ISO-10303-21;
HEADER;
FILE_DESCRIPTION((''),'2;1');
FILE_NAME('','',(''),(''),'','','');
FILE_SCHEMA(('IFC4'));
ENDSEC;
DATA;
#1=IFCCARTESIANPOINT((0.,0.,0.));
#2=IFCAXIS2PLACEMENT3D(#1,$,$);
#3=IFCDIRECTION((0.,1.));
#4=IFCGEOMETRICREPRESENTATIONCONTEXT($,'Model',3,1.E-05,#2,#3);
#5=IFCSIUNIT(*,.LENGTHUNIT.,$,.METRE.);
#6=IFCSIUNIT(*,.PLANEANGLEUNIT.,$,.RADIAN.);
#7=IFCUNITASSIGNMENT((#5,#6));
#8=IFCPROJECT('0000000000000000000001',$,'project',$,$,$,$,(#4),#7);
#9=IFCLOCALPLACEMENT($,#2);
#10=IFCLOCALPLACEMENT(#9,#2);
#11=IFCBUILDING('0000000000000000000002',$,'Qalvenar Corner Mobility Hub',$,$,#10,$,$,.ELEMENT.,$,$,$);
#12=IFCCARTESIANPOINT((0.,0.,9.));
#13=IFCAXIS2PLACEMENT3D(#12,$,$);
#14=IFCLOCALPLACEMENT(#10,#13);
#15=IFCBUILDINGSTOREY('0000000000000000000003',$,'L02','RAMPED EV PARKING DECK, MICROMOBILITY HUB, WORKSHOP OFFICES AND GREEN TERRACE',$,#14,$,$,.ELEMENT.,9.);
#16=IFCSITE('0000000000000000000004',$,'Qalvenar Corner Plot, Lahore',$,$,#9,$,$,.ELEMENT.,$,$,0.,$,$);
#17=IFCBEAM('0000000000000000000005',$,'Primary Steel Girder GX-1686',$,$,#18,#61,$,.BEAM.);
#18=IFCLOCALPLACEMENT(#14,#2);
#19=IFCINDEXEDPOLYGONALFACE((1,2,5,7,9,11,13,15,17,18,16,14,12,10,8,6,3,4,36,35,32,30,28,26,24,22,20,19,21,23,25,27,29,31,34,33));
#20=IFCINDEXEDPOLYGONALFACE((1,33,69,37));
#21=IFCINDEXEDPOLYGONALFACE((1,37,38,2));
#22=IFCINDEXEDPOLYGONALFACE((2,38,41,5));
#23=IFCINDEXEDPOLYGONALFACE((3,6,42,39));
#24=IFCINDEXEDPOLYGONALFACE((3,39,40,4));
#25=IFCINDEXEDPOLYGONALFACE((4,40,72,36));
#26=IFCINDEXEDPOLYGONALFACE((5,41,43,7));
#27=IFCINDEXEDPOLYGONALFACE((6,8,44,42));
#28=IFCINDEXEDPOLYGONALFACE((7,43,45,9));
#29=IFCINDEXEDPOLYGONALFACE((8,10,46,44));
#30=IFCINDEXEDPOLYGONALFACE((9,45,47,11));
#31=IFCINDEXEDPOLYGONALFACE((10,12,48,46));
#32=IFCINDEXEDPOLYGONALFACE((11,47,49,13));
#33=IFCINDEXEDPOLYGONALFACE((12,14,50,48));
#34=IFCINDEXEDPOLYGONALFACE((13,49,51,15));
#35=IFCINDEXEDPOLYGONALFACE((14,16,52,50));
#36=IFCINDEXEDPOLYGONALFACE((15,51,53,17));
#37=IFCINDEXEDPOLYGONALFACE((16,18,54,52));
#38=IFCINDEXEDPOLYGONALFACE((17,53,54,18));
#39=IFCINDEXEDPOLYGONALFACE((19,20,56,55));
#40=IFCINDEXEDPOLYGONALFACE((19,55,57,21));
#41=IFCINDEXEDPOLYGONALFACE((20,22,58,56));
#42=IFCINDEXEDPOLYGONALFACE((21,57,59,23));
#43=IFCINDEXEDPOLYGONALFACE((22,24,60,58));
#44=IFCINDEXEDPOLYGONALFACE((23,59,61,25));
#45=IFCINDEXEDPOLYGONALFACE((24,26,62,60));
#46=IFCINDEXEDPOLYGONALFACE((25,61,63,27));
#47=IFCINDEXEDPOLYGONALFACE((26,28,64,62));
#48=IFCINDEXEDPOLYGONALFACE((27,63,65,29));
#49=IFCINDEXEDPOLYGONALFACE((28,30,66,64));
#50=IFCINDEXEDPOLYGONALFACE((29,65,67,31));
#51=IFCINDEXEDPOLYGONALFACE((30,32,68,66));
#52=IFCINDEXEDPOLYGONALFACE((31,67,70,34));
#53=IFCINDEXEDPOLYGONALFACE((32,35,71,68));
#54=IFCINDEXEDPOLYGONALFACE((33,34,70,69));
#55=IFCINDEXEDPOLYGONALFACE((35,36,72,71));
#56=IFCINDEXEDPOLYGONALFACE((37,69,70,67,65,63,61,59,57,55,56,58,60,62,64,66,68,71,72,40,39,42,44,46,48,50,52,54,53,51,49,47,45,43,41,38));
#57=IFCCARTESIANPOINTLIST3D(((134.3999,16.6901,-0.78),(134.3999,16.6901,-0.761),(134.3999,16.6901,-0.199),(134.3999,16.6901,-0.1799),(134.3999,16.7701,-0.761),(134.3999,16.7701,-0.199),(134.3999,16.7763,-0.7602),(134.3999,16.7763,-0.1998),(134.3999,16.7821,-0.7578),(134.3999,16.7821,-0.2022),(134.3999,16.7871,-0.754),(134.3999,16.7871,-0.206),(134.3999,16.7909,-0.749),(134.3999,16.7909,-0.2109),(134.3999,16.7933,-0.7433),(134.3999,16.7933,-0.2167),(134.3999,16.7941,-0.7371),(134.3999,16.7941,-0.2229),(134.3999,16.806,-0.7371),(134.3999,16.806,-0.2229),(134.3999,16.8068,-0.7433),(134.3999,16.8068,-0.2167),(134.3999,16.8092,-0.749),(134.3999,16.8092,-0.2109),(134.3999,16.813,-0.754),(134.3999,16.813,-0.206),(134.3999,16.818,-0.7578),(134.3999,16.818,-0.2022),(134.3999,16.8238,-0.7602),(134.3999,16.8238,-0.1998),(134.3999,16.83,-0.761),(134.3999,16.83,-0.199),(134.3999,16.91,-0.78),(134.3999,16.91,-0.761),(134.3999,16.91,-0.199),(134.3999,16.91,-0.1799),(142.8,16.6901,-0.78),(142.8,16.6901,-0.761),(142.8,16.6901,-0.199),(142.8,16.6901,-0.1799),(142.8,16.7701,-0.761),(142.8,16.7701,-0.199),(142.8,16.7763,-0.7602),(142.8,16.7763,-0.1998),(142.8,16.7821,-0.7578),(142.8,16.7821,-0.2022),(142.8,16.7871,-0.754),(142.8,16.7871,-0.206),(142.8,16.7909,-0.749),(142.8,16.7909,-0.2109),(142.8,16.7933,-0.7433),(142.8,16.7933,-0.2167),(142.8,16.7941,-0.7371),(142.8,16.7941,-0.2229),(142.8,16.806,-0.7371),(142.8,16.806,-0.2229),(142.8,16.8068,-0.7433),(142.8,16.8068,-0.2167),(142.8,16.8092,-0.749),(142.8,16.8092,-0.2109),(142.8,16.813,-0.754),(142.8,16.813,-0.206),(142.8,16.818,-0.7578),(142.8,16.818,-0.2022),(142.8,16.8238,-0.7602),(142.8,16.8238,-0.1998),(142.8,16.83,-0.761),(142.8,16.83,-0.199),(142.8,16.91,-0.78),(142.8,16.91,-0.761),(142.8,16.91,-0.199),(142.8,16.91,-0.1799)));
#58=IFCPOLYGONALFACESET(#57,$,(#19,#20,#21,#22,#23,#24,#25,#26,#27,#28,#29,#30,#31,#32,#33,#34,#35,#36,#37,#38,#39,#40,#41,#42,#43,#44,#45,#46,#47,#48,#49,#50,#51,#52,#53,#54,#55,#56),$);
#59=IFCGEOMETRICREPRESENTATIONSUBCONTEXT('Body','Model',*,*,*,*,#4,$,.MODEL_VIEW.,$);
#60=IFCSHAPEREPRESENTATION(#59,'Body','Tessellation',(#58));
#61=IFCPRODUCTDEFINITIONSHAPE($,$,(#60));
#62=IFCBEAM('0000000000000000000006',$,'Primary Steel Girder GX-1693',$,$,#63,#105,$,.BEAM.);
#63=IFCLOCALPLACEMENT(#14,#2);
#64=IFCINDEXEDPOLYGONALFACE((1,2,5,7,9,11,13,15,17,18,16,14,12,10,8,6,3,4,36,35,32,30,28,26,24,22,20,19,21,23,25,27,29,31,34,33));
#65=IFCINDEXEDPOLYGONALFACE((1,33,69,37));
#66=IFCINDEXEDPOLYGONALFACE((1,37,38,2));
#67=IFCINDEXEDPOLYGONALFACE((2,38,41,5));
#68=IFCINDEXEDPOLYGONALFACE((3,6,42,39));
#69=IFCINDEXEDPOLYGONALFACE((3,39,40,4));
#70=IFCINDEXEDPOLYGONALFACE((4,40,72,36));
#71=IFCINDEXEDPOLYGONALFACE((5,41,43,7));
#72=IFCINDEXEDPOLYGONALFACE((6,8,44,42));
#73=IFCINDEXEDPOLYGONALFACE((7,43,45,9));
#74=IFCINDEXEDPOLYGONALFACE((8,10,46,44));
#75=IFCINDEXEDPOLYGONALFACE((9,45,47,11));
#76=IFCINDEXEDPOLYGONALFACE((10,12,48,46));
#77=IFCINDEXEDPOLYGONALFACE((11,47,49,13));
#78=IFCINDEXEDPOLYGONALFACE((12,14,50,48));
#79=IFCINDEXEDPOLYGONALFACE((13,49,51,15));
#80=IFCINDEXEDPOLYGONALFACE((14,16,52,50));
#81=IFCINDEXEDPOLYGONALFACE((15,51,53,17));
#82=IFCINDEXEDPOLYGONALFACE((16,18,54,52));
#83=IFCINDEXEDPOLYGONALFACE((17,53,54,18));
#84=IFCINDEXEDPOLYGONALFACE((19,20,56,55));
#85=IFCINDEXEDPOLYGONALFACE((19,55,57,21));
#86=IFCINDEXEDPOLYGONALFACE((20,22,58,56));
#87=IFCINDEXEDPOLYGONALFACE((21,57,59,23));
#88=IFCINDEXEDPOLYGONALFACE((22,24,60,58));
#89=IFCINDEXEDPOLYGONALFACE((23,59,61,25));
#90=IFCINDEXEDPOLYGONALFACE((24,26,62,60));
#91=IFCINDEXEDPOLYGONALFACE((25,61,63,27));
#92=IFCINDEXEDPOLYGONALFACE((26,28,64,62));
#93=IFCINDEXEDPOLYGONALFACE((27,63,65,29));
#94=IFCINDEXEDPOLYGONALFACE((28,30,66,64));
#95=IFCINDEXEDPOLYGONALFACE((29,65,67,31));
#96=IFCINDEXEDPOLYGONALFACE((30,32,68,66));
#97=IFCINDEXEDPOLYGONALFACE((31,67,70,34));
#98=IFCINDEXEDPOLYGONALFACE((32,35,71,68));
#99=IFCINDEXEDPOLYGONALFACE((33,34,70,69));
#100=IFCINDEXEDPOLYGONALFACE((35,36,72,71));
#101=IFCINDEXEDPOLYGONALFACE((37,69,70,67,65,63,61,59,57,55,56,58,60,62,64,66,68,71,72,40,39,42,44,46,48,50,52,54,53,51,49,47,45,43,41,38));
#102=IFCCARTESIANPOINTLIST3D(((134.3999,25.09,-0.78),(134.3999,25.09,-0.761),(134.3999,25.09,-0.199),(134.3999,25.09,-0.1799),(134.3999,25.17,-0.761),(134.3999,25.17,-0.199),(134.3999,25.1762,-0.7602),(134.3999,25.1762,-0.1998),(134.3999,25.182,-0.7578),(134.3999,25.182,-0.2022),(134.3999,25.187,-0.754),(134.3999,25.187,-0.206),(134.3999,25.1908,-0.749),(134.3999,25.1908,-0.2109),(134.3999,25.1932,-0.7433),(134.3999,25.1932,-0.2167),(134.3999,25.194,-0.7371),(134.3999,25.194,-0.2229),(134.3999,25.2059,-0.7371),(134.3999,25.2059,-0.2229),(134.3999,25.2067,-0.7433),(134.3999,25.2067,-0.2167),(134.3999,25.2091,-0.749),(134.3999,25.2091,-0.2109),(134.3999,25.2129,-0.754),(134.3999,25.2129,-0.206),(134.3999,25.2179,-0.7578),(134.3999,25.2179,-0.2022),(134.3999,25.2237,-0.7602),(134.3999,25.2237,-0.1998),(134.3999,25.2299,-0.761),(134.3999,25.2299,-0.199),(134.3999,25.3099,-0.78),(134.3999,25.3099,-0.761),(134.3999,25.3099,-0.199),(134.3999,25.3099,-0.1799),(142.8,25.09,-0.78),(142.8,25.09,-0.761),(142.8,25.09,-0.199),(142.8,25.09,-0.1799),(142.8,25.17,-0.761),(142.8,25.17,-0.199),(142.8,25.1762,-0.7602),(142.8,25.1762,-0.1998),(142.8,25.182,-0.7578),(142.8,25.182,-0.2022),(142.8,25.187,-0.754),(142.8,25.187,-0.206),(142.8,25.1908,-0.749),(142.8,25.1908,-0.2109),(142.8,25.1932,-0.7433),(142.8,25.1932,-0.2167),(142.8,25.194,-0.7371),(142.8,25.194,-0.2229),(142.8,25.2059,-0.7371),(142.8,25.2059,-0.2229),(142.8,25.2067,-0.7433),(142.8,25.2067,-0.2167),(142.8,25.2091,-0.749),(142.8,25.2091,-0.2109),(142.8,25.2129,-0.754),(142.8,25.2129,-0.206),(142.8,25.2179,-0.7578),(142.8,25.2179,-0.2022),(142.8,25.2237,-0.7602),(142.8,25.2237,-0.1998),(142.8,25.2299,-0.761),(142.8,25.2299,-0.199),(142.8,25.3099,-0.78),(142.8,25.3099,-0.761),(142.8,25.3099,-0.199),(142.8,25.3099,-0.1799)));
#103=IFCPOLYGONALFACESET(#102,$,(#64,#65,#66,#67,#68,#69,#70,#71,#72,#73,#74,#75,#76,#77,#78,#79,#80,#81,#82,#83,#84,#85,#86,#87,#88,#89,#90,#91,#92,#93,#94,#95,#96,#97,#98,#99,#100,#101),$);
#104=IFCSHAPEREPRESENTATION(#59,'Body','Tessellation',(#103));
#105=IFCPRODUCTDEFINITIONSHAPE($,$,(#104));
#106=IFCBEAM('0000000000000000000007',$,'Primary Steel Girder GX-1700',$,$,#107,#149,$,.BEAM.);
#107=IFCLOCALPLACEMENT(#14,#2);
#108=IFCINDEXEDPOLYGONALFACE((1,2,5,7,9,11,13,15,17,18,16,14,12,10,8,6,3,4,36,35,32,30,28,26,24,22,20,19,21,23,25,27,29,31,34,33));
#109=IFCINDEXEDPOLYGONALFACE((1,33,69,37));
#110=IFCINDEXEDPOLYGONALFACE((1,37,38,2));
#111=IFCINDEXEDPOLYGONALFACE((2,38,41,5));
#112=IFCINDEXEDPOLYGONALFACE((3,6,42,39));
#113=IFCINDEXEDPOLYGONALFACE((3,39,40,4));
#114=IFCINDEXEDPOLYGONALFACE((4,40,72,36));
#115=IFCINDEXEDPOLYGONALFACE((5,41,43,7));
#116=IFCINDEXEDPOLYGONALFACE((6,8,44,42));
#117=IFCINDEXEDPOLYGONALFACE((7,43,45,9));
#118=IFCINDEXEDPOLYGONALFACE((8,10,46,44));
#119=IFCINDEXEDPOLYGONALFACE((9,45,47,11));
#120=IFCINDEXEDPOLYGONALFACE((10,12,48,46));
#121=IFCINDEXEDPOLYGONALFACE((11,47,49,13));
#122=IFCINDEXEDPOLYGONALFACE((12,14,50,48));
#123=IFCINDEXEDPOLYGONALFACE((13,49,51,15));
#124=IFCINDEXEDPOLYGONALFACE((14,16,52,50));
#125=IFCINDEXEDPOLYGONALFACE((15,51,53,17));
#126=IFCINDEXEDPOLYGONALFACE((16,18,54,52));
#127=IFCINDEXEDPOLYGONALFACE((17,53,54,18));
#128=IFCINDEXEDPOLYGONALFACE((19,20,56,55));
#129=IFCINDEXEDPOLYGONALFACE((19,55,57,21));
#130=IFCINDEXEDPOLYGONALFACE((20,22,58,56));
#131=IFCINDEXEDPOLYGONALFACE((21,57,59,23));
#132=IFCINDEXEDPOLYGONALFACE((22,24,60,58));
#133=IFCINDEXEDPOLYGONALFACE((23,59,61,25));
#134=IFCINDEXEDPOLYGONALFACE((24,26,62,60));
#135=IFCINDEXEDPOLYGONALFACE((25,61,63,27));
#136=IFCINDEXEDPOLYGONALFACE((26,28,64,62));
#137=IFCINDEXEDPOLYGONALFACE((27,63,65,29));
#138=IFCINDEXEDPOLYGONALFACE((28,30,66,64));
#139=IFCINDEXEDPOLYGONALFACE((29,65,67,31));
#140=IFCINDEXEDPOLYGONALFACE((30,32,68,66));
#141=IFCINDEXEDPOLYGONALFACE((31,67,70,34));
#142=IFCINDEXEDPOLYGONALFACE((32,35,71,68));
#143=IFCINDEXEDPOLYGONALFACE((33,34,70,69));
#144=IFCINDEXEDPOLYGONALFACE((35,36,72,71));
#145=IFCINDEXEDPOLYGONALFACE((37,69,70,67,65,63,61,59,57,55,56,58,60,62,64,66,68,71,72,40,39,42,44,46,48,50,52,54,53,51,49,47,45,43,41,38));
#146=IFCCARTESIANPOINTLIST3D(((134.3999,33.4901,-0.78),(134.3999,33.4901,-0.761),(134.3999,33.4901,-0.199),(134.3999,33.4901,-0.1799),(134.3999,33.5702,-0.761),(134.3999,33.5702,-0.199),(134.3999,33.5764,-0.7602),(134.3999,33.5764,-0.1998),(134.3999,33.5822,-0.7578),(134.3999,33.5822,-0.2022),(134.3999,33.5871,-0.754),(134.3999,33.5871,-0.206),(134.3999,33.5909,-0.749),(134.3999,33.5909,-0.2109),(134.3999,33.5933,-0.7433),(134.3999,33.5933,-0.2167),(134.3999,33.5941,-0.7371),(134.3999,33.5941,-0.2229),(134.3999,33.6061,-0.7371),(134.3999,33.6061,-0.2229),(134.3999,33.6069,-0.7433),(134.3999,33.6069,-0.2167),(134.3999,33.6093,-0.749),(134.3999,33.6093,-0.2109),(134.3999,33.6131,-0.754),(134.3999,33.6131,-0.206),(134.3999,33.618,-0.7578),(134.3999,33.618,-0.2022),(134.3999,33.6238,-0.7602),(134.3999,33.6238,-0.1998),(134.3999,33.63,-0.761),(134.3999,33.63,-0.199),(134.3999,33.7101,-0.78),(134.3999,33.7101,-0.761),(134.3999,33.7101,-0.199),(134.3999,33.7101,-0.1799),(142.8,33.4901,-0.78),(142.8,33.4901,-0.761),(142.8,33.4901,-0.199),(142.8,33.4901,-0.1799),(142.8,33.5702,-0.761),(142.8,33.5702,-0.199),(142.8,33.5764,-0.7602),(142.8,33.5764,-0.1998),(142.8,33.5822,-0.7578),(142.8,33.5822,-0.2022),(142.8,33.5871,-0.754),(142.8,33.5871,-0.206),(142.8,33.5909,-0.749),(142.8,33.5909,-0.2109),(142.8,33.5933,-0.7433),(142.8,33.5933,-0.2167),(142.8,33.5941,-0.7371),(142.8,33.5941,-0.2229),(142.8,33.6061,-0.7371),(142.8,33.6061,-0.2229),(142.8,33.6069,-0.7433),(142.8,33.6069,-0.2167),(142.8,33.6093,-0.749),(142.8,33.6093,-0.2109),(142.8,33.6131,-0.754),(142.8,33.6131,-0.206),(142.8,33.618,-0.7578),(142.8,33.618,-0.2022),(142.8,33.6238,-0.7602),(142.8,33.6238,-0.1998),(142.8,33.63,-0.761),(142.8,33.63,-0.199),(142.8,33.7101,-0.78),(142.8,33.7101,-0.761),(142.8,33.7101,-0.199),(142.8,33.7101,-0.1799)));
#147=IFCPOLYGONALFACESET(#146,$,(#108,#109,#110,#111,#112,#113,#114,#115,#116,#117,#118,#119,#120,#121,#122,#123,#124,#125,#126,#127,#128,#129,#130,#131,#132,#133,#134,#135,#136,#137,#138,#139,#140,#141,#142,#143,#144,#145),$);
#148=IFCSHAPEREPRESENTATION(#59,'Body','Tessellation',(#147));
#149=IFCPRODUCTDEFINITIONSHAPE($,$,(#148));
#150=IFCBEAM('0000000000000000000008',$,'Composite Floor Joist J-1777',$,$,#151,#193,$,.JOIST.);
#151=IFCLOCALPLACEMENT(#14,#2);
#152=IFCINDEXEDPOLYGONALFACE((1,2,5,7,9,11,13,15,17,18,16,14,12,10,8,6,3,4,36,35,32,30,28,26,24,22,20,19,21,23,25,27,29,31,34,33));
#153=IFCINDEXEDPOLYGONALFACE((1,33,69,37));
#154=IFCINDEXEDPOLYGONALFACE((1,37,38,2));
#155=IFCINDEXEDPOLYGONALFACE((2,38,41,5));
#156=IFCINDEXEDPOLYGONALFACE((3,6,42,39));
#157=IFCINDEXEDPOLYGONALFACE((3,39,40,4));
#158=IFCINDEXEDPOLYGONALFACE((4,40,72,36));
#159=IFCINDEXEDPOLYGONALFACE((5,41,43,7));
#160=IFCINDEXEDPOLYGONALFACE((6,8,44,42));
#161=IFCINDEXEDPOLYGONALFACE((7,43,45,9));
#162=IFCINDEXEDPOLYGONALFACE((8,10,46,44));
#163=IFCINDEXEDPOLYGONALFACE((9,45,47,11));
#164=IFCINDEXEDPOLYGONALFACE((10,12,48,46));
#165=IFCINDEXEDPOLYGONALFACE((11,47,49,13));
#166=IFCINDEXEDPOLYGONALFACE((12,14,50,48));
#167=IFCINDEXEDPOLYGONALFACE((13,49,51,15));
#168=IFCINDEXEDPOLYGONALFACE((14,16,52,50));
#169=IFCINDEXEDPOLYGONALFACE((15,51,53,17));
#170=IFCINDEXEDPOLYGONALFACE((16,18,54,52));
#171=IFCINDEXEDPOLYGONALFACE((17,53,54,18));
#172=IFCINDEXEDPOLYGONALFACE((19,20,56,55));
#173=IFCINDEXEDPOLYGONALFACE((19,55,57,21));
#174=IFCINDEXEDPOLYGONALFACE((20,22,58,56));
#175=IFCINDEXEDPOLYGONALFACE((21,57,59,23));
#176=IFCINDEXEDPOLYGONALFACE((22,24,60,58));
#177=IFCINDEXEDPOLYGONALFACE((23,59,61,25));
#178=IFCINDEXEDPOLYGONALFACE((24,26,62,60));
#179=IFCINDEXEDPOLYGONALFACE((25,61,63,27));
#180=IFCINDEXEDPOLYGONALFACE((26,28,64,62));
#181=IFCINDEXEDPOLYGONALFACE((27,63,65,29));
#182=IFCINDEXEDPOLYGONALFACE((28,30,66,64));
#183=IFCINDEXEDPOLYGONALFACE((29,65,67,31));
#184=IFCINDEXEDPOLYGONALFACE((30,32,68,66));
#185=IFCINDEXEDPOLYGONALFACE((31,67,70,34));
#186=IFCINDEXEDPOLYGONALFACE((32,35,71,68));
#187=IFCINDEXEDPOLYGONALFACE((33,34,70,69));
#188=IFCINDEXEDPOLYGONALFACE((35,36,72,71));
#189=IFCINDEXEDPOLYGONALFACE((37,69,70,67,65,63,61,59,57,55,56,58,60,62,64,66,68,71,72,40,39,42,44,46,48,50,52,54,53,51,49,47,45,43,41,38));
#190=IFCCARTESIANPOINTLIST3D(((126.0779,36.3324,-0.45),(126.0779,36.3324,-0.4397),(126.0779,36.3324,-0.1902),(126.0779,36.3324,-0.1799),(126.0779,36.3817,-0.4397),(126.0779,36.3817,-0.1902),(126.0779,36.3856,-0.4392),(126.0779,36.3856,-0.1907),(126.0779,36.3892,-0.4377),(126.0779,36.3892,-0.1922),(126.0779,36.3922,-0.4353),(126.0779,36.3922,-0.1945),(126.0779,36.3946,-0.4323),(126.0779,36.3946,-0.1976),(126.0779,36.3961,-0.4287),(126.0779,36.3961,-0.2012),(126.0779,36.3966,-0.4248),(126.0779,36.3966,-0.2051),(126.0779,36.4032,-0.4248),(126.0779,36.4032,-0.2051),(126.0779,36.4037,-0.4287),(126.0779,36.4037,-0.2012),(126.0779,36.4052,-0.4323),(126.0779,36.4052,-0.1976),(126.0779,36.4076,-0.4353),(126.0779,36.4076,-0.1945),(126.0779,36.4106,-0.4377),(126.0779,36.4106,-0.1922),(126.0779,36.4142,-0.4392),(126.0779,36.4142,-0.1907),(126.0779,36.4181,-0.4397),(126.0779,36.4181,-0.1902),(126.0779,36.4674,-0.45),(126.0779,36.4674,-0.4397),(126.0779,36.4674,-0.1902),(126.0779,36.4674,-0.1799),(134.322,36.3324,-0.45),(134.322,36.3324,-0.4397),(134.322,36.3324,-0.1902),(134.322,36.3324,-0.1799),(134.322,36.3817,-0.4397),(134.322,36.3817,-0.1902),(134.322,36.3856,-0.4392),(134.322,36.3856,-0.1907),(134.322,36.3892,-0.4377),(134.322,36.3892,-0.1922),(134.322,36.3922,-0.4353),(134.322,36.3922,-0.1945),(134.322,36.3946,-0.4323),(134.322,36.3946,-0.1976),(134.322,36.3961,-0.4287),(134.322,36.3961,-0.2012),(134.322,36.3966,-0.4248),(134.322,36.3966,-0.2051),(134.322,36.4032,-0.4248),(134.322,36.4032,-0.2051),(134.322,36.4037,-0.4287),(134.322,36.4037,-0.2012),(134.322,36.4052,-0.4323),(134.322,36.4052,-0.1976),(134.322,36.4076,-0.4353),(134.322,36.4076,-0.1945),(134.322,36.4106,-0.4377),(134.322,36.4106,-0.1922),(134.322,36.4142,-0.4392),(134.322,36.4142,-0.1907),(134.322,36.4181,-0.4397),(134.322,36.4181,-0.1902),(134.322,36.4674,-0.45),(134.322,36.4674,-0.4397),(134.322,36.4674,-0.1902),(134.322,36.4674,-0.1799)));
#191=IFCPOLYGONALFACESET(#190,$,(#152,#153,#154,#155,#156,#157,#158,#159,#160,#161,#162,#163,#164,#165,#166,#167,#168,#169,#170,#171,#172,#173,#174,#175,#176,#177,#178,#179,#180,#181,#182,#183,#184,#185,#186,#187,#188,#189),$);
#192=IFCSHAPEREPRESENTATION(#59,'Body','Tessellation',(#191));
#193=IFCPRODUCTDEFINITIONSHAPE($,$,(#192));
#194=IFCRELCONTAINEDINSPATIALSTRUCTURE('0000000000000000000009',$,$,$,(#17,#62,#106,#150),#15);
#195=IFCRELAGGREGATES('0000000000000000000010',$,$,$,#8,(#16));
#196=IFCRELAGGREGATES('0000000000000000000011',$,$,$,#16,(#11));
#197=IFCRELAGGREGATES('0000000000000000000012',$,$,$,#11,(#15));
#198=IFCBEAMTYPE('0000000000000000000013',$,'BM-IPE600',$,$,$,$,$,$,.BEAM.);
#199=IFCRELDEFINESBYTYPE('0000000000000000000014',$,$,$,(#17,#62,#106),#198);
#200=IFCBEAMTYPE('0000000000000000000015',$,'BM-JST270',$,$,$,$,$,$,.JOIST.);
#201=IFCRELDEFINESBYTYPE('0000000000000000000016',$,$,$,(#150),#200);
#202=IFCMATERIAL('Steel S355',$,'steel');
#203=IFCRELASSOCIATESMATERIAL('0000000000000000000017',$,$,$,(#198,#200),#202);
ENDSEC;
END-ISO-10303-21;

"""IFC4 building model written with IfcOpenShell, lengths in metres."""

from ifc_helpers import new_model, si_unit, direction, frame, origin, origin_2d, place, context, subcontext, project, spatial, i_section, extrude, material, material_profile, profile_set, type_object, element, save


model = new_model("IFC4")

# Units and contexts
model_context = context("Model", 3, precision=1e-05, world=origin(), true_north=direction((0.0, 1.0)))
body_context = subcontext(model_context, "Body", "Model", "MODEL_VIEW")
ifc_project = project(units=[si_unit("LENGTHUNIT", "METRE"), si_unit("PLANEANGLEUNIT", "RADIAN")], contexts=[model_context])

# Site, building, storey
site_placement = place(None, origin())
site = spatial("IfcSite", under=ifc_project, at=site_placement, Name="Qalvenar Corner Plot, Lahore", CompositionType="ELEMENT", RefElevation=0.0)
building_placement = place(site_placement, origin())
building = spatial("IfcBuilding", under=site, at=building_placement, Name="Qalvenar Corner Mobility Hub", CompositionType="ELEMENT")
storey_placement = place(building_placement, frame((0.0, 0.0, 9.0)))
storey = spatial("IfcBuildingStorey", under=building, at=storey_placement, Name="L02", Description="RAMPED EV PARKING DECK, MICROMOBILITY HUB, WORKSHOP OFFICES AND GREEN TERRACE", CompositionType="ELEMENT", Elevation=9.0)

# Shared definitions
ifc_material_1 = material(Name="Steel S355", Category="steel")

# Beams
ifc_material_profile_1 = material_profile(ifc_material_1, i_section(OverallWidth=0.22, OverallDepth=0.6001, WebThickness=0.012, FlangeThickness=0.019, FilletRadius=0.0239, at=origin_2d()), Name="IPE600")
ifc_profile_set_1 = profile_set([ifc_material_profile_1], Name="Steel S355")
beam_type_1 = type_object("IfcBeamType", Name="BM-IPE600", PredefinedType="BEAM", material=ifc_profile_set_1)
for number, where, z_axis, x_axis, name in (
    (1, (134.3999, 16.8, -0.48), (1.0, 0.0, 0.0), (0.0, 1.0, 0.0), "Primary Steel Girder GX-1686"),
    (2, (134.3999, 25.2, -0.48), (1.0, 0.0, 0.0), (0.0, 1.0, 0.0), "Primary Steel Girder GX-1693"),
    (3, (134.3999, 33.6001, -0.48), (1.0, 0.0, 0.0), (0.0, 1.0, 0.0), "Primary Steel Girder GX-1700"),
):
    element("IfcBeam", number, at=place(storey_placement, frame(where, z_axis=z_axis, x_axis=x_axis)), inside=storey, type_object=beam_type_1, Name=name, PredefinedType="BEAM", context=body_context, shape_type="SweptSolid", body=[
        extrude(i_section(OverallWidth=0.22, OverallDepth=0.6001, WebThickness=0.012, FlangeThickness=0.019, FilletRadius=0.0239, at=origin_2d()), origin(), (0.0, 0.0, 1.0), 8.4001),
    ])
ifc_material_profile_2 = material_profile(ifc_material_1, i_section(OverallWidth=0.135, OverallDepth=0.27, WebThickness=0.0066, FlangeThickness=0.0103, FilletRadius=0.0149, at=origin_2d()), Name="IPE270")
ifc_profile_set_2 = profile_set([ifc_material_profile_2], Name="Steel S355")
beam_type_2 = type_object("IfcBeamType", Name="BM-JST270", PredefinedType="JOIST", material=ifc_profile_set_2)
for number, where, z_axis, x_axis, name in (
    (4, (126.0779, 36.3999, -0.3149), (1.0, 0.0, 0.0), (0.0, 1.0, 0.0), "Composite Floor Joist J-1777"),
):
    element("IfcBeam", number, at=place(storey_placement, frame(where, z_axis=z_axis, x_axis=x_axis)), inside=storey, type_object=beam_type_2, Name=name, PredefinedType="JOIST", context=body_context, shape_type="SweptSolid", body=[
        extrude(i_section(OverallWidth=0.135, OverallDepth=0.27, WebThickness=0.0066, FlangeThickness=0.0103, FilletRadius=0.0149, at=origin_2d()), origin(), (0.0, 0.0, 1.0), 8.2441),
    ])

save(model, "model.ifc")
